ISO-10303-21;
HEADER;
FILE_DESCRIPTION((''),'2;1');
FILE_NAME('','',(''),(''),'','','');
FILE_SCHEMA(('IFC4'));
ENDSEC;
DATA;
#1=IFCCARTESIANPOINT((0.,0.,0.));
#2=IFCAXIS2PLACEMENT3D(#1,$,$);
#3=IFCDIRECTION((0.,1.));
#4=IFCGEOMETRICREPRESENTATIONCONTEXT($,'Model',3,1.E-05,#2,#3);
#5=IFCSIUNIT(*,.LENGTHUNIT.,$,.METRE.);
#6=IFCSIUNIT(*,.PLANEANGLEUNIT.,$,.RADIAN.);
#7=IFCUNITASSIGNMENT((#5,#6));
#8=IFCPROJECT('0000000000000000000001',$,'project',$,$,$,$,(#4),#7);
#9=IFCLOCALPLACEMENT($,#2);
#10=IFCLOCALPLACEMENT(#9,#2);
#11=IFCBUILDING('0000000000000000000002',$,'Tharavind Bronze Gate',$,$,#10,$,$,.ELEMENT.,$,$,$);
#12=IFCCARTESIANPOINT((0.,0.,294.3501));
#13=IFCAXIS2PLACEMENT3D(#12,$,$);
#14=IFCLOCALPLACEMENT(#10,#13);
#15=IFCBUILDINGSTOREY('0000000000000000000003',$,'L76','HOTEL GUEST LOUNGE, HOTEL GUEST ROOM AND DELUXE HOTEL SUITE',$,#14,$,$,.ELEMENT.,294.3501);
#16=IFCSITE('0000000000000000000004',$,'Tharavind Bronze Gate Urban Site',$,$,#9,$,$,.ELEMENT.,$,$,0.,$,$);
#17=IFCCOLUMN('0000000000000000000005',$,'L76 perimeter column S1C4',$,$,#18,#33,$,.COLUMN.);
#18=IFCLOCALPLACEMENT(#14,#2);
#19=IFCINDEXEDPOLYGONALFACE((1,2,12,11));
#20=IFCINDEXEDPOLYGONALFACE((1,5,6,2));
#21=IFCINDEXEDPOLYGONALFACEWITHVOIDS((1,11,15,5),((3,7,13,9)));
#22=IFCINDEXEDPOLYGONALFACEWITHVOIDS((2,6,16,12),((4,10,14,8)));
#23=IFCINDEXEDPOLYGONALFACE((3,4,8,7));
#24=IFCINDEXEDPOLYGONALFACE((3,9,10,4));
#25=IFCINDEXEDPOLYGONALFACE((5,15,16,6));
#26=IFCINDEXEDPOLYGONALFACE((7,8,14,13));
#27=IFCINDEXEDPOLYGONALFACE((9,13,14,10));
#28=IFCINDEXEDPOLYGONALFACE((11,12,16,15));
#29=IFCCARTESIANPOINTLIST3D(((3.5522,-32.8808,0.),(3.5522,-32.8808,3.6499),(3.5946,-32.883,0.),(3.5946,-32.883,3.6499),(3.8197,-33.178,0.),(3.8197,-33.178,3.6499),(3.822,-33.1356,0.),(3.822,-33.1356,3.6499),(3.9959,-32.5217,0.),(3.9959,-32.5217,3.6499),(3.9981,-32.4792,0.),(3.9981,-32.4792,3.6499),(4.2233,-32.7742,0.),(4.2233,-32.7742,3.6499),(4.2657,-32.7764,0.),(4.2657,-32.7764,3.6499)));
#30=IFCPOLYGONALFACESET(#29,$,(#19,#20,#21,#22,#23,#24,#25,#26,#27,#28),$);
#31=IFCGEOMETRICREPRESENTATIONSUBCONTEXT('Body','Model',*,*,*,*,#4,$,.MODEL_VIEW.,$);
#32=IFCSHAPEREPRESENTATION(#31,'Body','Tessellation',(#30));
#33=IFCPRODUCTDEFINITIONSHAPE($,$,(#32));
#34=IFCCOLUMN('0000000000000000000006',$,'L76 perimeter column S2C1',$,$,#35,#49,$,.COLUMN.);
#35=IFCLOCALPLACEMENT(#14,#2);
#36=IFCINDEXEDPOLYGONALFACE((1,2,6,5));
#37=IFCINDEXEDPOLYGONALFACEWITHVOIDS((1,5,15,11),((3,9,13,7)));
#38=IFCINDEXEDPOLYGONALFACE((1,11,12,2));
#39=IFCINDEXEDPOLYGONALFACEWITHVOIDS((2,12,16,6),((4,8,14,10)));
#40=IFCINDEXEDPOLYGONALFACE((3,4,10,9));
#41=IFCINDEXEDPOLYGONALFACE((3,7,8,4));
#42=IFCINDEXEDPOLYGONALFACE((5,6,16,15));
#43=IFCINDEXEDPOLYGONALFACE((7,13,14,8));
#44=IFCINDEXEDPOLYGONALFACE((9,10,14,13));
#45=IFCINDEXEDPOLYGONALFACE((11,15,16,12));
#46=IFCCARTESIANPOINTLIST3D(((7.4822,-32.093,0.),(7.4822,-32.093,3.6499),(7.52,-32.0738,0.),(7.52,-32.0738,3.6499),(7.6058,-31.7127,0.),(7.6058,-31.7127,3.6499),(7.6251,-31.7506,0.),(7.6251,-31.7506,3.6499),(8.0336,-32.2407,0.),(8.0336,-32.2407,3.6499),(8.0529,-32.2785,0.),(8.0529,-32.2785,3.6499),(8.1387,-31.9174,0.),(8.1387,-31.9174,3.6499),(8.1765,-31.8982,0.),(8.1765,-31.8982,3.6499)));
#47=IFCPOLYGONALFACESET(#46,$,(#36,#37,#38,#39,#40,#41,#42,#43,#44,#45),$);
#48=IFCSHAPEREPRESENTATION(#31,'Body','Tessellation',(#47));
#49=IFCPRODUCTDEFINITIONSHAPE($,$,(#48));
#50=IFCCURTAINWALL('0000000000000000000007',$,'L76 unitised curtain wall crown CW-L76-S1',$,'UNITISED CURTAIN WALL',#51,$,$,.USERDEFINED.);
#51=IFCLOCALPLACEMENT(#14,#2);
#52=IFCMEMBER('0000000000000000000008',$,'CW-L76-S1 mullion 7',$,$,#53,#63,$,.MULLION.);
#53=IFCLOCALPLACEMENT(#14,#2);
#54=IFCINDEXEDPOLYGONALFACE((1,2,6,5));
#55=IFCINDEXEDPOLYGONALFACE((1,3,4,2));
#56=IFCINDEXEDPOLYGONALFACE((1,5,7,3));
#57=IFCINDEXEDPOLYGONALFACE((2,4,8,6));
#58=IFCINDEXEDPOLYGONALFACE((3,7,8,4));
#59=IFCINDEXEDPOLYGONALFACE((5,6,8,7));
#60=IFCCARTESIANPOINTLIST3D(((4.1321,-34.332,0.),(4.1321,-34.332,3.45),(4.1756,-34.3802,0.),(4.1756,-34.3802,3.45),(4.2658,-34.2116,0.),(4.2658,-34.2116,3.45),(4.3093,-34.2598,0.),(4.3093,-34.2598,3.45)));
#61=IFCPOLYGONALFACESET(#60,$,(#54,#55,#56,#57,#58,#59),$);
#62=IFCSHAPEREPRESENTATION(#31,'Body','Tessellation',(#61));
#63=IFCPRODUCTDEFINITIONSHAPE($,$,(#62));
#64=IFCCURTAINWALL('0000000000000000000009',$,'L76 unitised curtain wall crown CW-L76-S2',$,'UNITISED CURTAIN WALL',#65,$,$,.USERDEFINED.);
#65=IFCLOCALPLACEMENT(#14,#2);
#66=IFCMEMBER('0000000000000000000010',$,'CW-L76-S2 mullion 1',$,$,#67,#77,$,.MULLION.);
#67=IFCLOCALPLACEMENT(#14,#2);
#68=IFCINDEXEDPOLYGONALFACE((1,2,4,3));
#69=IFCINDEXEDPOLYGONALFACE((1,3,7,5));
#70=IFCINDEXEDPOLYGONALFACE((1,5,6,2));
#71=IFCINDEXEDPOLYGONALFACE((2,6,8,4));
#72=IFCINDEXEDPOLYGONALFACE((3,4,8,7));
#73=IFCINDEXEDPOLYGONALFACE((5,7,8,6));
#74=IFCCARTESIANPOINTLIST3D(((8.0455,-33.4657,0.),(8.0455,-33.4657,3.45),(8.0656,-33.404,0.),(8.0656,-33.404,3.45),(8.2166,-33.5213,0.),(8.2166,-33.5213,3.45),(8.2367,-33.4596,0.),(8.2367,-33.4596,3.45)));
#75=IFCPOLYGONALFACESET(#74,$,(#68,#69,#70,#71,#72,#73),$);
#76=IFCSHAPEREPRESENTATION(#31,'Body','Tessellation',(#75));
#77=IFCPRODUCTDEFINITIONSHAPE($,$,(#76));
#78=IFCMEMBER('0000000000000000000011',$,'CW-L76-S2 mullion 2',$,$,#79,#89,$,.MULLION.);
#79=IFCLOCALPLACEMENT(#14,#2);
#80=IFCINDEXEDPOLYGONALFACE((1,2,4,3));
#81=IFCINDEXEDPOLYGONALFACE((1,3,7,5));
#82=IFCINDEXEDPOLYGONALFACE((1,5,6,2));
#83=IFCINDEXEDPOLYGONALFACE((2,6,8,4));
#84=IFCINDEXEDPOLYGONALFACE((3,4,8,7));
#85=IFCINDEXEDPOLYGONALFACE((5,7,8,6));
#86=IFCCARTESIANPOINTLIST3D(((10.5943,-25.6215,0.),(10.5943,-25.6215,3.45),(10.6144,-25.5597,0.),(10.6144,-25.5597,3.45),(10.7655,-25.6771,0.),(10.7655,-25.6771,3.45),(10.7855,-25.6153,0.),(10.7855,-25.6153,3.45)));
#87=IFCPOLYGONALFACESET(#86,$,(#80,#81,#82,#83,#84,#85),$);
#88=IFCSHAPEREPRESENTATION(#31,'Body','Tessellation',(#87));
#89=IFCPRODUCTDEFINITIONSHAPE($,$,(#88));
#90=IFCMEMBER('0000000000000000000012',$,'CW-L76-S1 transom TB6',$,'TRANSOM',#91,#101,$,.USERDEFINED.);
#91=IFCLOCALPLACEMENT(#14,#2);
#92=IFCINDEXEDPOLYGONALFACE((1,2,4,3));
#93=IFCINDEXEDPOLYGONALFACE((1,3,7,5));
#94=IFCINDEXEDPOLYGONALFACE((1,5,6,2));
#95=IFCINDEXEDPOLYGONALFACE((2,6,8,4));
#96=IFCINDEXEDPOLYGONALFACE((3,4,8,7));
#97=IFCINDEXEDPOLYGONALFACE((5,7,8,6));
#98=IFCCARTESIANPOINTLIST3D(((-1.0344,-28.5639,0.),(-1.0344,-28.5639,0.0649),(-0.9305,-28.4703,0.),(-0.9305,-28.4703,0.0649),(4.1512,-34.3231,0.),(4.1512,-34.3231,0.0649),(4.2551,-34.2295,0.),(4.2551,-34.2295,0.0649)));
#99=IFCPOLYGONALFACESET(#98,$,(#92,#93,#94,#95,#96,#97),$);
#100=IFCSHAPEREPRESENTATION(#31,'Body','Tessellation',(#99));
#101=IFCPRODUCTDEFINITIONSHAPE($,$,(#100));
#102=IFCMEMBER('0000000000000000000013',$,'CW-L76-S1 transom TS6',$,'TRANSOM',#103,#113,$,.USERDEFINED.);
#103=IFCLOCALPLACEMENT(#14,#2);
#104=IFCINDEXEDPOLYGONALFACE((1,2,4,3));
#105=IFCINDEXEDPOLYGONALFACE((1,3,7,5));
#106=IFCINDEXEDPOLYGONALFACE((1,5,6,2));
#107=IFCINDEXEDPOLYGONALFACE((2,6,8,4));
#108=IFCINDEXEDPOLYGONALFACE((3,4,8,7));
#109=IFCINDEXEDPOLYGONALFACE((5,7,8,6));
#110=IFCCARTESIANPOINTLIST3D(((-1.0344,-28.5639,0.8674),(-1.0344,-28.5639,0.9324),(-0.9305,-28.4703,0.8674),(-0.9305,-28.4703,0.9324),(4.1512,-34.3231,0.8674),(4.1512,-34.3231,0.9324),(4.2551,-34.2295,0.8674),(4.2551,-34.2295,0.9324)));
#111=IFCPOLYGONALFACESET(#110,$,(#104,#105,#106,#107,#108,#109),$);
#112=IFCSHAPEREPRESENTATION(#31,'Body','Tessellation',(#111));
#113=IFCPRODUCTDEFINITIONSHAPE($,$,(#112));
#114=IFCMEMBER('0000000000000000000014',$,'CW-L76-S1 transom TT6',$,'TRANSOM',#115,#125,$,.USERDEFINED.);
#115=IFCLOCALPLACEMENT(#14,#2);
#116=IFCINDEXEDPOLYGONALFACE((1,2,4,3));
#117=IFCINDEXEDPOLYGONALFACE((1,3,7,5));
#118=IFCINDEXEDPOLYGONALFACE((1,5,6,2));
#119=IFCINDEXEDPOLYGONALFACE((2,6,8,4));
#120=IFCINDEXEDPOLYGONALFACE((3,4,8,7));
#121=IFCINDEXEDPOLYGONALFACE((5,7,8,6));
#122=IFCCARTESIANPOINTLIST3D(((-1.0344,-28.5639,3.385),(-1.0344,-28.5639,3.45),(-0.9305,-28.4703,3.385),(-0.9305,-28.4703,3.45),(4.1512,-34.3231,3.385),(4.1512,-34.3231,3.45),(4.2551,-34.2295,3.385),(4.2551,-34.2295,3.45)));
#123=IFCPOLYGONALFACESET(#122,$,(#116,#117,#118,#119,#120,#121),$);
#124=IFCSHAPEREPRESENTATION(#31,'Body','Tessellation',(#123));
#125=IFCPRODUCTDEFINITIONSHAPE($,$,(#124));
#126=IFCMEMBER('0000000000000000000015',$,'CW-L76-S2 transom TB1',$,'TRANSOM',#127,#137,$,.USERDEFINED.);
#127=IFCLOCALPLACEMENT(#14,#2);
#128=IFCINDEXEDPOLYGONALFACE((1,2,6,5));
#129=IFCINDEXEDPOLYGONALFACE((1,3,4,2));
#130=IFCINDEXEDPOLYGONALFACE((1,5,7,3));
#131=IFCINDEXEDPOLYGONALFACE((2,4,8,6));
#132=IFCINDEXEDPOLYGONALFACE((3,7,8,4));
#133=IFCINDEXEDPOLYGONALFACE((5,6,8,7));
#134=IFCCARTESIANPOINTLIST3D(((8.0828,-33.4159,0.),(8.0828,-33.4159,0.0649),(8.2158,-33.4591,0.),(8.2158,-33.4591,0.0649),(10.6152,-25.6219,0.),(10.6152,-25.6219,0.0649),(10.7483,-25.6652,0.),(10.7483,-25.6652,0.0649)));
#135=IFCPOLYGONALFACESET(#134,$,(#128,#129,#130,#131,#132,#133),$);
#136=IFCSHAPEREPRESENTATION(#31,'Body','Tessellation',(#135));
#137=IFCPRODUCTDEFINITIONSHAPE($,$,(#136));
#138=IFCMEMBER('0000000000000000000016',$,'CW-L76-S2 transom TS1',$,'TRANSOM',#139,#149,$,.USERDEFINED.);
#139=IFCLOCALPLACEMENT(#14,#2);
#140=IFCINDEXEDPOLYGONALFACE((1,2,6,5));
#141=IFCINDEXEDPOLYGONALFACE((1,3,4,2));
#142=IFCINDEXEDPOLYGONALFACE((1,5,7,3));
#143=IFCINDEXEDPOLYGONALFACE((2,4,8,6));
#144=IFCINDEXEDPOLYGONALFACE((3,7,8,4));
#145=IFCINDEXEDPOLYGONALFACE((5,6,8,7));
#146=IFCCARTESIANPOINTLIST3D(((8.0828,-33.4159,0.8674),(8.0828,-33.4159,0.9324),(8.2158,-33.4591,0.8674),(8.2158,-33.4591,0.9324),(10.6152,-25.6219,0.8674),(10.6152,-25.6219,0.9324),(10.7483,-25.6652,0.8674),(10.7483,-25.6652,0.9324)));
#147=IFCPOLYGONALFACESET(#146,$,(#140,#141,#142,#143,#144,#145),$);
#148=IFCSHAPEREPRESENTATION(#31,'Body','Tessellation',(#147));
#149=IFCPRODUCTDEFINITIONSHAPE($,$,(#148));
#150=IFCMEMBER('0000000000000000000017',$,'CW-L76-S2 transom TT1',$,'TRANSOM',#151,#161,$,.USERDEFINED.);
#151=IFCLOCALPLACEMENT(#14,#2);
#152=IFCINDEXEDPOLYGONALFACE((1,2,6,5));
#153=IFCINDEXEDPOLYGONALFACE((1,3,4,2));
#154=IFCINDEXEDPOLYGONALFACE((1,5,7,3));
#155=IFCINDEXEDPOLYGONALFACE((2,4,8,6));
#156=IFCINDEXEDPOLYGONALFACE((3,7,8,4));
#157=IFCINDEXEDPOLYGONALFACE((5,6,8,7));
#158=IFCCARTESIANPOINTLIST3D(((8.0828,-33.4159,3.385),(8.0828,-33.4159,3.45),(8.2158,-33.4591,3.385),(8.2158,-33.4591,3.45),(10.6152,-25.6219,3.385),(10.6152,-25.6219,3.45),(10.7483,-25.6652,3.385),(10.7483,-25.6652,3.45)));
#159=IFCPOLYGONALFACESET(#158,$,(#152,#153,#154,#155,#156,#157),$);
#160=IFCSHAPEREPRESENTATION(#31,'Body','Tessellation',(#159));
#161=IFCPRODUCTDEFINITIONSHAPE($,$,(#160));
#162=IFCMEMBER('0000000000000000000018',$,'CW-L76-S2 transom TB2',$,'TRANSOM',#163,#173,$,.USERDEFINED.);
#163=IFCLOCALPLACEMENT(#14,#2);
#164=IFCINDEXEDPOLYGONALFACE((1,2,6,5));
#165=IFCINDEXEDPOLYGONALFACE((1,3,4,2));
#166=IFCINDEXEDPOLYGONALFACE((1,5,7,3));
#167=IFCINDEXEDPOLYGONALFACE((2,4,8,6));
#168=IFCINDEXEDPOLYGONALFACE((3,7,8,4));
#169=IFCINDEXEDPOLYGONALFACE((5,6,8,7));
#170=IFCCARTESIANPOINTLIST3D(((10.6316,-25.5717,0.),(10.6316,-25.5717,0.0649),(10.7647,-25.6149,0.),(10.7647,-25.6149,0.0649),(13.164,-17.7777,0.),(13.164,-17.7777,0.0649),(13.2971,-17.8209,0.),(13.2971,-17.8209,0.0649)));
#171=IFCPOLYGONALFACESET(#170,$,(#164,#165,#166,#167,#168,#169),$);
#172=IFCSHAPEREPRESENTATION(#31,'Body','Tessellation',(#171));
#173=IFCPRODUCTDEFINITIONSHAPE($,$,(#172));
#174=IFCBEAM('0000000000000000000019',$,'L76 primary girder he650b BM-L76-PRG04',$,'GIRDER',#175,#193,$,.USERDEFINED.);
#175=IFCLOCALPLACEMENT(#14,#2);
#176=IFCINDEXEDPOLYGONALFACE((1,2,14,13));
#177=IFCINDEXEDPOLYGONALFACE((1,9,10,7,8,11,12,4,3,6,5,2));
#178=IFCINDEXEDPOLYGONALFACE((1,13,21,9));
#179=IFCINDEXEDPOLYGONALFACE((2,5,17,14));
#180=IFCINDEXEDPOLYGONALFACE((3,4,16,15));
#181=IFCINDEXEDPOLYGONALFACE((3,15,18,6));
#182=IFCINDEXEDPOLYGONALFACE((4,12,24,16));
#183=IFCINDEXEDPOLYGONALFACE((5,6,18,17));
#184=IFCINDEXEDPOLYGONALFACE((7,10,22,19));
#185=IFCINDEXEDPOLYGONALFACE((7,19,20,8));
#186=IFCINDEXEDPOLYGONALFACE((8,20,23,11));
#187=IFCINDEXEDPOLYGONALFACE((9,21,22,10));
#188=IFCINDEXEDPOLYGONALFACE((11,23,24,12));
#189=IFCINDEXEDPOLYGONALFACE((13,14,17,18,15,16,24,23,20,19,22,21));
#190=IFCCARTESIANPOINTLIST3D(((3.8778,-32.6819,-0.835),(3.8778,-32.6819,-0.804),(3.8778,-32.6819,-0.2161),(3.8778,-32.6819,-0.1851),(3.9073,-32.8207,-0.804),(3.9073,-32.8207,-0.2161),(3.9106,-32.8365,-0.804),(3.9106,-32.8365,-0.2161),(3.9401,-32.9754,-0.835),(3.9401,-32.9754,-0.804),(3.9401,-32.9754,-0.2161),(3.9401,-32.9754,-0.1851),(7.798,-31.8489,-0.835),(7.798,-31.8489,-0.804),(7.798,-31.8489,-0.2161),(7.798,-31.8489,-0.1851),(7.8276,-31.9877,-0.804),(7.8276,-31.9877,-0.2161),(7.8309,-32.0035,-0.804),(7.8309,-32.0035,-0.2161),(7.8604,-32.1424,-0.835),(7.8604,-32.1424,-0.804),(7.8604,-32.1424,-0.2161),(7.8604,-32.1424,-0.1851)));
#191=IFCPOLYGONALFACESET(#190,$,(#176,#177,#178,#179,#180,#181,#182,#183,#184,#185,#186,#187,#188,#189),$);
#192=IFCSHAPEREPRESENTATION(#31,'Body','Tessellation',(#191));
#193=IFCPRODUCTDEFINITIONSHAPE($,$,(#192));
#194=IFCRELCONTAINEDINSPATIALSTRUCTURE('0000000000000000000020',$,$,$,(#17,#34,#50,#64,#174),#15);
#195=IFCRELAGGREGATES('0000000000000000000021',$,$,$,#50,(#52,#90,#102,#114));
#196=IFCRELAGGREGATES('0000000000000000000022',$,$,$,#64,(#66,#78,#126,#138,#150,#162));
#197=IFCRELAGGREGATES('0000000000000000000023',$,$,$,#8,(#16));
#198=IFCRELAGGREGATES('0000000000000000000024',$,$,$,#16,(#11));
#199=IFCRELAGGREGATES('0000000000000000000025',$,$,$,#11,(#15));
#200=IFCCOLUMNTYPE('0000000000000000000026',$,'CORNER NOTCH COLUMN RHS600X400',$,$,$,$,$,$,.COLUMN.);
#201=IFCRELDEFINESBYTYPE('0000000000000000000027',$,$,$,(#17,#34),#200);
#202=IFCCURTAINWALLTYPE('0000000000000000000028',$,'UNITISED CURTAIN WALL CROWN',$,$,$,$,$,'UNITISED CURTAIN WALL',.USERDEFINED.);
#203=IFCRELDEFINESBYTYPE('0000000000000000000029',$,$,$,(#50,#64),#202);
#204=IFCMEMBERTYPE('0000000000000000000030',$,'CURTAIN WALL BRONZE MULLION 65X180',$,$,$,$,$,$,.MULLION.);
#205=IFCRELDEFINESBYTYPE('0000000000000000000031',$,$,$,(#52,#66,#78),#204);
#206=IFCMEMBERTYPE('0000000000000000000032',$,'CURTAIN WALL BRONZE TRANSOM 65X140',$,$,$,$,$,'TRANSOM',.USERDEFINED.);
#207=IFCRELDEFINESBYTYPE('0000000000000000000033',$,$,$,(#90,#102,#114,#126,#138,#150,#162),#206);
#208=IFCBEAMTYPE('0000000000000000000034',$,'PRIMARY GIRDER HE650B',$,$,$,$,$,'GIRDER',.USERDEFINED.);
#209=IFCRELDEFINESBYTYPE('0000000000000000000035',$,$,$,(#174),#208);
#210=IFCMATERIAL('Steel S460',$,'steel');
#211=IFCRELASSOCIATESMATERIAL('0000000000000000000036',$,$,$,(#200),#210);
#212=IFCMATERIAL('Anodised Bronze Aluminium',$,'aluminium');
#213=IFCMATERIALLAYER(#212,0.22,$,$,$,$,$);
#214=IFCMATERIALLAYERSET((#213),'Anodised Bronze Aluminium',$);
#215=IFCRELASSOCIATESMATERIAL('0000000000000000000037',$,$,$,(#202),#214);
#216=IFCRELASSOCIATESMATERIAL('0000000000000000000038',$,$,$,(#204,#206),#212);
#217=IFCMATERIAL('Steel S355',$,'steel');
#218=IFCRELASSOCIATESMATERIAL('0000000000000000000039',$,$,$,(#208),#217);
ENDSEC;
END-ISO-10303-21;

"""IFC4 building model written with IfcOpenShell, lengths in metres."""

from ifc_helpers import new_model, si_unit, direction, frame, origin, origin_2d, place, context, subcontext, project, spatial, rectangle, hollow_rectangle, i_section, extrude, material, layer, layer_set, material_profile, profile_set, type_object, element, aggregate, save


model = new_model("IFC4")

# Units and contexts
model_context = context("Model", 3, precision=1e-05, world=origin(), true_north=direction((0.0, 1.0)))
body_context = subcontext(model_context, "Body", "Model", "MODEL_VIEW")
ifc_project = project(units=[si_unit("LENGTHUNIT", "METRE"), si_unit("PLANEANGLEUNIT", "RADIAN")], contexts=[model_context])

# Site, building, storey
site_placement = place(None, origin())
site = spatial("IfcSite", under=ifc_project, at=site_placement, Name="Tharavind Bronze Gate Urban Site", CompositionType="ELEMENT", RefElevation=0.0)
building_placement = place(site_placement, origin())
building = spatial("IfcBuilding", under=site, at=building_placement, Name="Tharavind Bronze Gate", CompositionType="ELEMENT")
storey_placement = place(building_placement, frame((0.0, 0.0, 294.3501)))
storey = spatial("IfcBuildingStorey", under=building, at=storey_placement, Name="L76", Description="HOTEL GUEST LOUNGE, HOTEL GUEST ROOM AND DELUXE HOTEL SUITE", CompositionType="ELEMENT", Elevation=294.3501)

# Columns
ifc_material_1 = material(Name="Steel S460", Category="steel")
ifc_material_profile_1 = material_profile(ifc_material_1, hollow_rectangle(XDim=0.3999, YDim=0.6001, WallThickness=0.03, at=origin_2d()), Name="RHS600X400X30")
ifc_profile_set_1 = profile_set([ifc_material_profile_1], Name="Steel S460")
column_type = type_object("IfcColumnType", Name="CORNER NOTCH COLUMN RHS600X400", PredefinedType="COLUMN", material=ifc_profile_set_1)
for number, where, z_axis, x_axis, name in (
    (1, (3.9089, -32.8286, 0.0), (0.0, 0.0, 1.0), (-0.669131, 0.743145, 0.0), "L76 perimeter column S1C4"),
    (2, (7.8293, -31.9956, 0.0), (0.0, 0.0, 1.0), (0.309019, 0.951056, 0.0), "L76 perimeter column S2C1"),
):
    element("IfcColumn", number, at=place(storey_placement, frame(where, z_axis=z_axis, x_axis=x_axis)), inside=storey, type_object=column_type, Name=name, PredefinedType="COLUMN", context=body_context, shape_type="SweptSolid", body=[
        extrude(hollow_rectangle(XDim=0.3999, YDim=0.6001, WallThickness=0.03, at=origin_2d()), origin(), (0.0, 0.0, 1.0), 3.6499),
    ])

# Curtain wall, member
ifc_material_2 = material(Name="Anodised Bronze Aluminium", Category="aluminium")
ifc_layer_1 = layer(ifc_material_2, 0.22)
ifc_layer_set_1 = layer_set([ifc_layer_1], Name="Anodised Bronze Aluminium")
curtain_wall_type = type_object("IfcCurtainWallType", Name="UNITISED CURTAIN WALL CROWN", ElementType="UNITISED CURTAIN WALL", PredefinedType="USERDEFINED", material=ifc_layer_set_1)
curtain_wall_1_placement = place(storey_placement, origin())
curtain_wall_1 = element("IfcCurtainWall", 3, at=curtain_wall_1_placement, inside=storey, type_object=curtain_wall_type, Name="L76 unitised curtain wall crown CW-L76-S1", ObjectType="UNITISED CURTAIN WALL", PredefinedType="USERDEFINED")
member_type_1 = type_object("IfcMemberType", Name="CURTAIN WALL BRONZE MULLION 65X180", PredefinedType="MULLION", material=ifc_material_2)
member_1_placement = place(storey_placement, frame((4.2207, -34.2959, 0.0), z_axis=(0.0, 0.0, 1.0), x_axis=(0.669131, -0.743145, 0.0)))
member_1 = element("IfcMember", 4, at=member_1_placement, type_object=member_type_1, Name="CW-L76-S1 mullion 7", PredefinedType="MULLION", context=body_context, shape_type="SweptSolid", body=[
    extrude(rectangle(XDim=0.0649, YDim=0.1799, at=origin_2d()), origin(), (0.0, 0.0, 1.0), 3.45),
])

# Curtain wall, members
curtain_wall_2_placement = place(storey_placement, origin())
curtain_wall_2 = element("IfcCurtainWall", 5, at=curtain_wall_2_placement, inside=storey, type_object=curtain_wall_type, Name="L76 unitised curtain wall crown CW-L76-S2", ObjectType="UNITISED CURTAIN WALL", PredefinedType="USERDEFINED")
member_2_placement = place(storey_placement, frame((8.1411, -33.4626, 0.0), z_axis=(0.0, 0.0, 1.0), x_axis=(0.309017, 0.951057, 0.0)))
member_2 = element("IfcMember", 6, at=member_2_placement, type_object=member_type_1, Name="CW-L76-S2 mullion 1", PredefinedType="MULLION", context=body_context, shape_type="SweptSolid", body=[
    extrude(rectangle(XDim=0.0649, YDim=0.1799, at=origin_2d()), origin(), (0.0, 0.0, 1.0), 3.45),
])
member_3_placement = place(storey_placement, frame((10.6899, -25.6184, 0.0), z_axis=(0.0, 0.0, 1.0), x_axis=(0.309017, 0.951057, 0.0)))
member_3 = element("IfcMember", 7, at=member_3_placement, type_object=member_type_1, Name="CW-L76-S2 mullion 2", PredefinedType="MULLION", context=body_context, shape_type="SweptSolid", body=[
    extrude(rectangle(XDim=0.0649, YDim=0.1799, at=origin_2d()), origin(), (0.0, 0.0, 1.0), 3.45),
])

# Members
member_type_2 = type_object("IfcMemberType", Name="CURTAIN WALL BRONZE TRANSOM 65X140", ElementType="TRANSOM", PredefinedType="USERDEFINED", material=ifc_material_2)
member_4_placement = place(storey_placement, frame((1.6104, -31.3967, 0.0), z_axis=(0.0, 0.0, 1.0), x_axis=(0.669131, -0.743145, 0.0)))
member_4 = element("IfcMember", 8, at=member_4_placement, type_object=member_type_2, Name="CW-L76-S1 transom TB6", ObjectType="TRANSOM", PredefinedType="USERDEFINED", context=body_context, shape_type="SweptSolid", body=[
    extrude(rectangle(XDim=7.7498, YDim=0.1399, at=origin_2d()), origin(), (0.0, 0.0, 1.0), 0.0649),
])
member_5_placement = place(storey_placement, frame((1.6104, -31.3967, 0.8674), z_axis=(0.0, 0.0, 1.0), x_axis=(0.669131, -0.743145, 0.0)))
member_5 = element("IfcMember", 9, at=member_5_placement, type_object=member_type_2, Name="CW-L76-S1 transom TS6", ObjectType="TRANSOM", PredefinedType="USERDEFINED", context=body_context, shape_type="SweptSolid", body=[
    extrude(rectangle(XDim=7.7498, YDim=0.1399, at=origin_2d()), origin(), (0.0, 0.0, 1.0), 0.0649),
])
member_6_placement = place(storey_placement, frame((1.6104, -31.3967, 3.385), z_axis=(0.0, 0.0, 1.0), x_axis=(0.669131, -0.743145, 0.0)))
member_6 = element("IfcMember", 10, at=member_6_placement, type_object=member_type_2, Name="CW-L76-S1 transom TT6", ObjectType="TRANSOM", PredefinedType="USERDEFINED", context=body_context, shape_type="SweptSolid", body=[
    extrude(rectangle(XDim=7.7498, YDim=0.1399, at=origin_2d()), origin(), (0.0, 0.0, 1.0), 0.0649),
])
member_7_placement = place(storey_placement, frame((9.4155, -29.5405, 0.0), z_axis=(0.0, 0.0, 1.0), x_axis=(0.309017, 0.951057, 0.0)))
member_7 = element("IfcMember", 11, at=member_7_placement, type_object=member_type_2, Name="CW-L76-S2 transom TB1", ObjectType="TRANSOM", PredefinedType="USERDEFINED", context=body_context, shape_type="SweptSolid", body=[
    extrude(rectangle(XDim=8.1951, YDim=0.1399, at=origin_2d()), origin(), (0.0, 0.0, 1.0), 0.0649),
])
member_8_placement = place(storey_placement, frame((9.4155, -29.5405, 0.8674), z_axis=(0.0, 0.0, 1.0), x_axis=(0.309017, 0.951057, 0.0)))
member_8 = element("IfcMember", 12, at=member_8_placement, type_object=member_type_2, Name="CW-L76-S2 transom TS1", ObjectType="TRANSOM", PredefinedType="USERDEFINED", context=body_context, shape_type="SweptSolid", body=[
    extrude(rectangle(XDim=8.1951, YDim=0.1399, at=origin_2d()), origin(), (0.0, 0.0, 1.0), 0.0649),
])
member_9_placement = place(storey_placement, frame((9.4155, -29.5405, 3.385), z_axis=(0.0, 0.0, 1.0), x_axis=(0.309017, 0.951057, 0.0)))
member_9 = element("IfcMember", 13, at=member_9_placement, type_object=member_type_2, Name="CW-L76-S2 transom TT1", ObjectType="TRANSOM", PredefinedType="USERDEFINED", context=body_context, shape_type="SweptSolid", body=[
    extrude(rectangle(XDim=8.1951, YDim=0.1399, at=origin_2d()), origin(), (0.0, 0.0, 1.0), 0.0649),
])
member_10_placement = place(storey_placement, frame((11.9644, -21.6963, 0.0), z_axis=(0.0, 0.0, 1.0), x_axis=(0.309017, 0.951057, 0.0)))
member_10 = element("IfcMember", 14, at=member_10_placement, type_object=member_type_2, Name="CW-L76-S2 transom TB2", ObjectType="TRANSOM", PredefinedType="USERDEFINED", context=body_context, shape_type="SweptSolid", body=[
    extrude(rectangle(XDim=8.1951, YDim=0.1399, at=origin_2d()), origin(), (0.0, 0.0, 1.0), 0.0649),
])

# Beam
ifc_material_3 = material(Name="Steel S355", Category="steel")
ifc_material_profile_2 = material_profile(ifc_material_3, i_section(OverallWidth=0.3, OverallDepth=0.6499, WebThickness=0.0161, FlangeThickness=0.031, at=origin_2d()), Name="HE650B")
ifc_profile_set_2 = profile_set([ifc_material_profile_2], Name="Steel S355")
beam_type_1 = type_object("IfcBeamType", Name="PRIMARY GIRDER HE650B", ElementType="GIRDER", PredefinedType="USERDEFINED", material=ifc_profile_set_2)
beam_1_placement = place(storey_placement, frame((3.9089, -32.8286, -0.51), z_axis=(0.978163, 0.20784, 0.0), x_axis=(-0.20784, 0.978163, 0.0)))
element("IfcBeam", 15, at=beam_1_placement, inside=storey, type_object=beam_type_1, Name="L76 primary girder he650b BM-L76-PRG04", ObjectType="GIRDER", PredefinedType="USERDEFINED", context=body_context, shape_type="SweptSolid", body=[
    extrude(i_section(OverallWidth=0.3, OverallDepth=0.6499, WebThickness=0.0161, FlangeThickness=0.031, at=origin_2d()), origin(), (0.0, 0.0, 1.0), 4.0078),
])

aggregate(curtain_wall_1, [member_1, member_4, member_5, member_6])
aggregate(curtain_wall_2, [member_2, member_3, member_7, member_8, member_9, member_10])

save(model, "model.ifc")
